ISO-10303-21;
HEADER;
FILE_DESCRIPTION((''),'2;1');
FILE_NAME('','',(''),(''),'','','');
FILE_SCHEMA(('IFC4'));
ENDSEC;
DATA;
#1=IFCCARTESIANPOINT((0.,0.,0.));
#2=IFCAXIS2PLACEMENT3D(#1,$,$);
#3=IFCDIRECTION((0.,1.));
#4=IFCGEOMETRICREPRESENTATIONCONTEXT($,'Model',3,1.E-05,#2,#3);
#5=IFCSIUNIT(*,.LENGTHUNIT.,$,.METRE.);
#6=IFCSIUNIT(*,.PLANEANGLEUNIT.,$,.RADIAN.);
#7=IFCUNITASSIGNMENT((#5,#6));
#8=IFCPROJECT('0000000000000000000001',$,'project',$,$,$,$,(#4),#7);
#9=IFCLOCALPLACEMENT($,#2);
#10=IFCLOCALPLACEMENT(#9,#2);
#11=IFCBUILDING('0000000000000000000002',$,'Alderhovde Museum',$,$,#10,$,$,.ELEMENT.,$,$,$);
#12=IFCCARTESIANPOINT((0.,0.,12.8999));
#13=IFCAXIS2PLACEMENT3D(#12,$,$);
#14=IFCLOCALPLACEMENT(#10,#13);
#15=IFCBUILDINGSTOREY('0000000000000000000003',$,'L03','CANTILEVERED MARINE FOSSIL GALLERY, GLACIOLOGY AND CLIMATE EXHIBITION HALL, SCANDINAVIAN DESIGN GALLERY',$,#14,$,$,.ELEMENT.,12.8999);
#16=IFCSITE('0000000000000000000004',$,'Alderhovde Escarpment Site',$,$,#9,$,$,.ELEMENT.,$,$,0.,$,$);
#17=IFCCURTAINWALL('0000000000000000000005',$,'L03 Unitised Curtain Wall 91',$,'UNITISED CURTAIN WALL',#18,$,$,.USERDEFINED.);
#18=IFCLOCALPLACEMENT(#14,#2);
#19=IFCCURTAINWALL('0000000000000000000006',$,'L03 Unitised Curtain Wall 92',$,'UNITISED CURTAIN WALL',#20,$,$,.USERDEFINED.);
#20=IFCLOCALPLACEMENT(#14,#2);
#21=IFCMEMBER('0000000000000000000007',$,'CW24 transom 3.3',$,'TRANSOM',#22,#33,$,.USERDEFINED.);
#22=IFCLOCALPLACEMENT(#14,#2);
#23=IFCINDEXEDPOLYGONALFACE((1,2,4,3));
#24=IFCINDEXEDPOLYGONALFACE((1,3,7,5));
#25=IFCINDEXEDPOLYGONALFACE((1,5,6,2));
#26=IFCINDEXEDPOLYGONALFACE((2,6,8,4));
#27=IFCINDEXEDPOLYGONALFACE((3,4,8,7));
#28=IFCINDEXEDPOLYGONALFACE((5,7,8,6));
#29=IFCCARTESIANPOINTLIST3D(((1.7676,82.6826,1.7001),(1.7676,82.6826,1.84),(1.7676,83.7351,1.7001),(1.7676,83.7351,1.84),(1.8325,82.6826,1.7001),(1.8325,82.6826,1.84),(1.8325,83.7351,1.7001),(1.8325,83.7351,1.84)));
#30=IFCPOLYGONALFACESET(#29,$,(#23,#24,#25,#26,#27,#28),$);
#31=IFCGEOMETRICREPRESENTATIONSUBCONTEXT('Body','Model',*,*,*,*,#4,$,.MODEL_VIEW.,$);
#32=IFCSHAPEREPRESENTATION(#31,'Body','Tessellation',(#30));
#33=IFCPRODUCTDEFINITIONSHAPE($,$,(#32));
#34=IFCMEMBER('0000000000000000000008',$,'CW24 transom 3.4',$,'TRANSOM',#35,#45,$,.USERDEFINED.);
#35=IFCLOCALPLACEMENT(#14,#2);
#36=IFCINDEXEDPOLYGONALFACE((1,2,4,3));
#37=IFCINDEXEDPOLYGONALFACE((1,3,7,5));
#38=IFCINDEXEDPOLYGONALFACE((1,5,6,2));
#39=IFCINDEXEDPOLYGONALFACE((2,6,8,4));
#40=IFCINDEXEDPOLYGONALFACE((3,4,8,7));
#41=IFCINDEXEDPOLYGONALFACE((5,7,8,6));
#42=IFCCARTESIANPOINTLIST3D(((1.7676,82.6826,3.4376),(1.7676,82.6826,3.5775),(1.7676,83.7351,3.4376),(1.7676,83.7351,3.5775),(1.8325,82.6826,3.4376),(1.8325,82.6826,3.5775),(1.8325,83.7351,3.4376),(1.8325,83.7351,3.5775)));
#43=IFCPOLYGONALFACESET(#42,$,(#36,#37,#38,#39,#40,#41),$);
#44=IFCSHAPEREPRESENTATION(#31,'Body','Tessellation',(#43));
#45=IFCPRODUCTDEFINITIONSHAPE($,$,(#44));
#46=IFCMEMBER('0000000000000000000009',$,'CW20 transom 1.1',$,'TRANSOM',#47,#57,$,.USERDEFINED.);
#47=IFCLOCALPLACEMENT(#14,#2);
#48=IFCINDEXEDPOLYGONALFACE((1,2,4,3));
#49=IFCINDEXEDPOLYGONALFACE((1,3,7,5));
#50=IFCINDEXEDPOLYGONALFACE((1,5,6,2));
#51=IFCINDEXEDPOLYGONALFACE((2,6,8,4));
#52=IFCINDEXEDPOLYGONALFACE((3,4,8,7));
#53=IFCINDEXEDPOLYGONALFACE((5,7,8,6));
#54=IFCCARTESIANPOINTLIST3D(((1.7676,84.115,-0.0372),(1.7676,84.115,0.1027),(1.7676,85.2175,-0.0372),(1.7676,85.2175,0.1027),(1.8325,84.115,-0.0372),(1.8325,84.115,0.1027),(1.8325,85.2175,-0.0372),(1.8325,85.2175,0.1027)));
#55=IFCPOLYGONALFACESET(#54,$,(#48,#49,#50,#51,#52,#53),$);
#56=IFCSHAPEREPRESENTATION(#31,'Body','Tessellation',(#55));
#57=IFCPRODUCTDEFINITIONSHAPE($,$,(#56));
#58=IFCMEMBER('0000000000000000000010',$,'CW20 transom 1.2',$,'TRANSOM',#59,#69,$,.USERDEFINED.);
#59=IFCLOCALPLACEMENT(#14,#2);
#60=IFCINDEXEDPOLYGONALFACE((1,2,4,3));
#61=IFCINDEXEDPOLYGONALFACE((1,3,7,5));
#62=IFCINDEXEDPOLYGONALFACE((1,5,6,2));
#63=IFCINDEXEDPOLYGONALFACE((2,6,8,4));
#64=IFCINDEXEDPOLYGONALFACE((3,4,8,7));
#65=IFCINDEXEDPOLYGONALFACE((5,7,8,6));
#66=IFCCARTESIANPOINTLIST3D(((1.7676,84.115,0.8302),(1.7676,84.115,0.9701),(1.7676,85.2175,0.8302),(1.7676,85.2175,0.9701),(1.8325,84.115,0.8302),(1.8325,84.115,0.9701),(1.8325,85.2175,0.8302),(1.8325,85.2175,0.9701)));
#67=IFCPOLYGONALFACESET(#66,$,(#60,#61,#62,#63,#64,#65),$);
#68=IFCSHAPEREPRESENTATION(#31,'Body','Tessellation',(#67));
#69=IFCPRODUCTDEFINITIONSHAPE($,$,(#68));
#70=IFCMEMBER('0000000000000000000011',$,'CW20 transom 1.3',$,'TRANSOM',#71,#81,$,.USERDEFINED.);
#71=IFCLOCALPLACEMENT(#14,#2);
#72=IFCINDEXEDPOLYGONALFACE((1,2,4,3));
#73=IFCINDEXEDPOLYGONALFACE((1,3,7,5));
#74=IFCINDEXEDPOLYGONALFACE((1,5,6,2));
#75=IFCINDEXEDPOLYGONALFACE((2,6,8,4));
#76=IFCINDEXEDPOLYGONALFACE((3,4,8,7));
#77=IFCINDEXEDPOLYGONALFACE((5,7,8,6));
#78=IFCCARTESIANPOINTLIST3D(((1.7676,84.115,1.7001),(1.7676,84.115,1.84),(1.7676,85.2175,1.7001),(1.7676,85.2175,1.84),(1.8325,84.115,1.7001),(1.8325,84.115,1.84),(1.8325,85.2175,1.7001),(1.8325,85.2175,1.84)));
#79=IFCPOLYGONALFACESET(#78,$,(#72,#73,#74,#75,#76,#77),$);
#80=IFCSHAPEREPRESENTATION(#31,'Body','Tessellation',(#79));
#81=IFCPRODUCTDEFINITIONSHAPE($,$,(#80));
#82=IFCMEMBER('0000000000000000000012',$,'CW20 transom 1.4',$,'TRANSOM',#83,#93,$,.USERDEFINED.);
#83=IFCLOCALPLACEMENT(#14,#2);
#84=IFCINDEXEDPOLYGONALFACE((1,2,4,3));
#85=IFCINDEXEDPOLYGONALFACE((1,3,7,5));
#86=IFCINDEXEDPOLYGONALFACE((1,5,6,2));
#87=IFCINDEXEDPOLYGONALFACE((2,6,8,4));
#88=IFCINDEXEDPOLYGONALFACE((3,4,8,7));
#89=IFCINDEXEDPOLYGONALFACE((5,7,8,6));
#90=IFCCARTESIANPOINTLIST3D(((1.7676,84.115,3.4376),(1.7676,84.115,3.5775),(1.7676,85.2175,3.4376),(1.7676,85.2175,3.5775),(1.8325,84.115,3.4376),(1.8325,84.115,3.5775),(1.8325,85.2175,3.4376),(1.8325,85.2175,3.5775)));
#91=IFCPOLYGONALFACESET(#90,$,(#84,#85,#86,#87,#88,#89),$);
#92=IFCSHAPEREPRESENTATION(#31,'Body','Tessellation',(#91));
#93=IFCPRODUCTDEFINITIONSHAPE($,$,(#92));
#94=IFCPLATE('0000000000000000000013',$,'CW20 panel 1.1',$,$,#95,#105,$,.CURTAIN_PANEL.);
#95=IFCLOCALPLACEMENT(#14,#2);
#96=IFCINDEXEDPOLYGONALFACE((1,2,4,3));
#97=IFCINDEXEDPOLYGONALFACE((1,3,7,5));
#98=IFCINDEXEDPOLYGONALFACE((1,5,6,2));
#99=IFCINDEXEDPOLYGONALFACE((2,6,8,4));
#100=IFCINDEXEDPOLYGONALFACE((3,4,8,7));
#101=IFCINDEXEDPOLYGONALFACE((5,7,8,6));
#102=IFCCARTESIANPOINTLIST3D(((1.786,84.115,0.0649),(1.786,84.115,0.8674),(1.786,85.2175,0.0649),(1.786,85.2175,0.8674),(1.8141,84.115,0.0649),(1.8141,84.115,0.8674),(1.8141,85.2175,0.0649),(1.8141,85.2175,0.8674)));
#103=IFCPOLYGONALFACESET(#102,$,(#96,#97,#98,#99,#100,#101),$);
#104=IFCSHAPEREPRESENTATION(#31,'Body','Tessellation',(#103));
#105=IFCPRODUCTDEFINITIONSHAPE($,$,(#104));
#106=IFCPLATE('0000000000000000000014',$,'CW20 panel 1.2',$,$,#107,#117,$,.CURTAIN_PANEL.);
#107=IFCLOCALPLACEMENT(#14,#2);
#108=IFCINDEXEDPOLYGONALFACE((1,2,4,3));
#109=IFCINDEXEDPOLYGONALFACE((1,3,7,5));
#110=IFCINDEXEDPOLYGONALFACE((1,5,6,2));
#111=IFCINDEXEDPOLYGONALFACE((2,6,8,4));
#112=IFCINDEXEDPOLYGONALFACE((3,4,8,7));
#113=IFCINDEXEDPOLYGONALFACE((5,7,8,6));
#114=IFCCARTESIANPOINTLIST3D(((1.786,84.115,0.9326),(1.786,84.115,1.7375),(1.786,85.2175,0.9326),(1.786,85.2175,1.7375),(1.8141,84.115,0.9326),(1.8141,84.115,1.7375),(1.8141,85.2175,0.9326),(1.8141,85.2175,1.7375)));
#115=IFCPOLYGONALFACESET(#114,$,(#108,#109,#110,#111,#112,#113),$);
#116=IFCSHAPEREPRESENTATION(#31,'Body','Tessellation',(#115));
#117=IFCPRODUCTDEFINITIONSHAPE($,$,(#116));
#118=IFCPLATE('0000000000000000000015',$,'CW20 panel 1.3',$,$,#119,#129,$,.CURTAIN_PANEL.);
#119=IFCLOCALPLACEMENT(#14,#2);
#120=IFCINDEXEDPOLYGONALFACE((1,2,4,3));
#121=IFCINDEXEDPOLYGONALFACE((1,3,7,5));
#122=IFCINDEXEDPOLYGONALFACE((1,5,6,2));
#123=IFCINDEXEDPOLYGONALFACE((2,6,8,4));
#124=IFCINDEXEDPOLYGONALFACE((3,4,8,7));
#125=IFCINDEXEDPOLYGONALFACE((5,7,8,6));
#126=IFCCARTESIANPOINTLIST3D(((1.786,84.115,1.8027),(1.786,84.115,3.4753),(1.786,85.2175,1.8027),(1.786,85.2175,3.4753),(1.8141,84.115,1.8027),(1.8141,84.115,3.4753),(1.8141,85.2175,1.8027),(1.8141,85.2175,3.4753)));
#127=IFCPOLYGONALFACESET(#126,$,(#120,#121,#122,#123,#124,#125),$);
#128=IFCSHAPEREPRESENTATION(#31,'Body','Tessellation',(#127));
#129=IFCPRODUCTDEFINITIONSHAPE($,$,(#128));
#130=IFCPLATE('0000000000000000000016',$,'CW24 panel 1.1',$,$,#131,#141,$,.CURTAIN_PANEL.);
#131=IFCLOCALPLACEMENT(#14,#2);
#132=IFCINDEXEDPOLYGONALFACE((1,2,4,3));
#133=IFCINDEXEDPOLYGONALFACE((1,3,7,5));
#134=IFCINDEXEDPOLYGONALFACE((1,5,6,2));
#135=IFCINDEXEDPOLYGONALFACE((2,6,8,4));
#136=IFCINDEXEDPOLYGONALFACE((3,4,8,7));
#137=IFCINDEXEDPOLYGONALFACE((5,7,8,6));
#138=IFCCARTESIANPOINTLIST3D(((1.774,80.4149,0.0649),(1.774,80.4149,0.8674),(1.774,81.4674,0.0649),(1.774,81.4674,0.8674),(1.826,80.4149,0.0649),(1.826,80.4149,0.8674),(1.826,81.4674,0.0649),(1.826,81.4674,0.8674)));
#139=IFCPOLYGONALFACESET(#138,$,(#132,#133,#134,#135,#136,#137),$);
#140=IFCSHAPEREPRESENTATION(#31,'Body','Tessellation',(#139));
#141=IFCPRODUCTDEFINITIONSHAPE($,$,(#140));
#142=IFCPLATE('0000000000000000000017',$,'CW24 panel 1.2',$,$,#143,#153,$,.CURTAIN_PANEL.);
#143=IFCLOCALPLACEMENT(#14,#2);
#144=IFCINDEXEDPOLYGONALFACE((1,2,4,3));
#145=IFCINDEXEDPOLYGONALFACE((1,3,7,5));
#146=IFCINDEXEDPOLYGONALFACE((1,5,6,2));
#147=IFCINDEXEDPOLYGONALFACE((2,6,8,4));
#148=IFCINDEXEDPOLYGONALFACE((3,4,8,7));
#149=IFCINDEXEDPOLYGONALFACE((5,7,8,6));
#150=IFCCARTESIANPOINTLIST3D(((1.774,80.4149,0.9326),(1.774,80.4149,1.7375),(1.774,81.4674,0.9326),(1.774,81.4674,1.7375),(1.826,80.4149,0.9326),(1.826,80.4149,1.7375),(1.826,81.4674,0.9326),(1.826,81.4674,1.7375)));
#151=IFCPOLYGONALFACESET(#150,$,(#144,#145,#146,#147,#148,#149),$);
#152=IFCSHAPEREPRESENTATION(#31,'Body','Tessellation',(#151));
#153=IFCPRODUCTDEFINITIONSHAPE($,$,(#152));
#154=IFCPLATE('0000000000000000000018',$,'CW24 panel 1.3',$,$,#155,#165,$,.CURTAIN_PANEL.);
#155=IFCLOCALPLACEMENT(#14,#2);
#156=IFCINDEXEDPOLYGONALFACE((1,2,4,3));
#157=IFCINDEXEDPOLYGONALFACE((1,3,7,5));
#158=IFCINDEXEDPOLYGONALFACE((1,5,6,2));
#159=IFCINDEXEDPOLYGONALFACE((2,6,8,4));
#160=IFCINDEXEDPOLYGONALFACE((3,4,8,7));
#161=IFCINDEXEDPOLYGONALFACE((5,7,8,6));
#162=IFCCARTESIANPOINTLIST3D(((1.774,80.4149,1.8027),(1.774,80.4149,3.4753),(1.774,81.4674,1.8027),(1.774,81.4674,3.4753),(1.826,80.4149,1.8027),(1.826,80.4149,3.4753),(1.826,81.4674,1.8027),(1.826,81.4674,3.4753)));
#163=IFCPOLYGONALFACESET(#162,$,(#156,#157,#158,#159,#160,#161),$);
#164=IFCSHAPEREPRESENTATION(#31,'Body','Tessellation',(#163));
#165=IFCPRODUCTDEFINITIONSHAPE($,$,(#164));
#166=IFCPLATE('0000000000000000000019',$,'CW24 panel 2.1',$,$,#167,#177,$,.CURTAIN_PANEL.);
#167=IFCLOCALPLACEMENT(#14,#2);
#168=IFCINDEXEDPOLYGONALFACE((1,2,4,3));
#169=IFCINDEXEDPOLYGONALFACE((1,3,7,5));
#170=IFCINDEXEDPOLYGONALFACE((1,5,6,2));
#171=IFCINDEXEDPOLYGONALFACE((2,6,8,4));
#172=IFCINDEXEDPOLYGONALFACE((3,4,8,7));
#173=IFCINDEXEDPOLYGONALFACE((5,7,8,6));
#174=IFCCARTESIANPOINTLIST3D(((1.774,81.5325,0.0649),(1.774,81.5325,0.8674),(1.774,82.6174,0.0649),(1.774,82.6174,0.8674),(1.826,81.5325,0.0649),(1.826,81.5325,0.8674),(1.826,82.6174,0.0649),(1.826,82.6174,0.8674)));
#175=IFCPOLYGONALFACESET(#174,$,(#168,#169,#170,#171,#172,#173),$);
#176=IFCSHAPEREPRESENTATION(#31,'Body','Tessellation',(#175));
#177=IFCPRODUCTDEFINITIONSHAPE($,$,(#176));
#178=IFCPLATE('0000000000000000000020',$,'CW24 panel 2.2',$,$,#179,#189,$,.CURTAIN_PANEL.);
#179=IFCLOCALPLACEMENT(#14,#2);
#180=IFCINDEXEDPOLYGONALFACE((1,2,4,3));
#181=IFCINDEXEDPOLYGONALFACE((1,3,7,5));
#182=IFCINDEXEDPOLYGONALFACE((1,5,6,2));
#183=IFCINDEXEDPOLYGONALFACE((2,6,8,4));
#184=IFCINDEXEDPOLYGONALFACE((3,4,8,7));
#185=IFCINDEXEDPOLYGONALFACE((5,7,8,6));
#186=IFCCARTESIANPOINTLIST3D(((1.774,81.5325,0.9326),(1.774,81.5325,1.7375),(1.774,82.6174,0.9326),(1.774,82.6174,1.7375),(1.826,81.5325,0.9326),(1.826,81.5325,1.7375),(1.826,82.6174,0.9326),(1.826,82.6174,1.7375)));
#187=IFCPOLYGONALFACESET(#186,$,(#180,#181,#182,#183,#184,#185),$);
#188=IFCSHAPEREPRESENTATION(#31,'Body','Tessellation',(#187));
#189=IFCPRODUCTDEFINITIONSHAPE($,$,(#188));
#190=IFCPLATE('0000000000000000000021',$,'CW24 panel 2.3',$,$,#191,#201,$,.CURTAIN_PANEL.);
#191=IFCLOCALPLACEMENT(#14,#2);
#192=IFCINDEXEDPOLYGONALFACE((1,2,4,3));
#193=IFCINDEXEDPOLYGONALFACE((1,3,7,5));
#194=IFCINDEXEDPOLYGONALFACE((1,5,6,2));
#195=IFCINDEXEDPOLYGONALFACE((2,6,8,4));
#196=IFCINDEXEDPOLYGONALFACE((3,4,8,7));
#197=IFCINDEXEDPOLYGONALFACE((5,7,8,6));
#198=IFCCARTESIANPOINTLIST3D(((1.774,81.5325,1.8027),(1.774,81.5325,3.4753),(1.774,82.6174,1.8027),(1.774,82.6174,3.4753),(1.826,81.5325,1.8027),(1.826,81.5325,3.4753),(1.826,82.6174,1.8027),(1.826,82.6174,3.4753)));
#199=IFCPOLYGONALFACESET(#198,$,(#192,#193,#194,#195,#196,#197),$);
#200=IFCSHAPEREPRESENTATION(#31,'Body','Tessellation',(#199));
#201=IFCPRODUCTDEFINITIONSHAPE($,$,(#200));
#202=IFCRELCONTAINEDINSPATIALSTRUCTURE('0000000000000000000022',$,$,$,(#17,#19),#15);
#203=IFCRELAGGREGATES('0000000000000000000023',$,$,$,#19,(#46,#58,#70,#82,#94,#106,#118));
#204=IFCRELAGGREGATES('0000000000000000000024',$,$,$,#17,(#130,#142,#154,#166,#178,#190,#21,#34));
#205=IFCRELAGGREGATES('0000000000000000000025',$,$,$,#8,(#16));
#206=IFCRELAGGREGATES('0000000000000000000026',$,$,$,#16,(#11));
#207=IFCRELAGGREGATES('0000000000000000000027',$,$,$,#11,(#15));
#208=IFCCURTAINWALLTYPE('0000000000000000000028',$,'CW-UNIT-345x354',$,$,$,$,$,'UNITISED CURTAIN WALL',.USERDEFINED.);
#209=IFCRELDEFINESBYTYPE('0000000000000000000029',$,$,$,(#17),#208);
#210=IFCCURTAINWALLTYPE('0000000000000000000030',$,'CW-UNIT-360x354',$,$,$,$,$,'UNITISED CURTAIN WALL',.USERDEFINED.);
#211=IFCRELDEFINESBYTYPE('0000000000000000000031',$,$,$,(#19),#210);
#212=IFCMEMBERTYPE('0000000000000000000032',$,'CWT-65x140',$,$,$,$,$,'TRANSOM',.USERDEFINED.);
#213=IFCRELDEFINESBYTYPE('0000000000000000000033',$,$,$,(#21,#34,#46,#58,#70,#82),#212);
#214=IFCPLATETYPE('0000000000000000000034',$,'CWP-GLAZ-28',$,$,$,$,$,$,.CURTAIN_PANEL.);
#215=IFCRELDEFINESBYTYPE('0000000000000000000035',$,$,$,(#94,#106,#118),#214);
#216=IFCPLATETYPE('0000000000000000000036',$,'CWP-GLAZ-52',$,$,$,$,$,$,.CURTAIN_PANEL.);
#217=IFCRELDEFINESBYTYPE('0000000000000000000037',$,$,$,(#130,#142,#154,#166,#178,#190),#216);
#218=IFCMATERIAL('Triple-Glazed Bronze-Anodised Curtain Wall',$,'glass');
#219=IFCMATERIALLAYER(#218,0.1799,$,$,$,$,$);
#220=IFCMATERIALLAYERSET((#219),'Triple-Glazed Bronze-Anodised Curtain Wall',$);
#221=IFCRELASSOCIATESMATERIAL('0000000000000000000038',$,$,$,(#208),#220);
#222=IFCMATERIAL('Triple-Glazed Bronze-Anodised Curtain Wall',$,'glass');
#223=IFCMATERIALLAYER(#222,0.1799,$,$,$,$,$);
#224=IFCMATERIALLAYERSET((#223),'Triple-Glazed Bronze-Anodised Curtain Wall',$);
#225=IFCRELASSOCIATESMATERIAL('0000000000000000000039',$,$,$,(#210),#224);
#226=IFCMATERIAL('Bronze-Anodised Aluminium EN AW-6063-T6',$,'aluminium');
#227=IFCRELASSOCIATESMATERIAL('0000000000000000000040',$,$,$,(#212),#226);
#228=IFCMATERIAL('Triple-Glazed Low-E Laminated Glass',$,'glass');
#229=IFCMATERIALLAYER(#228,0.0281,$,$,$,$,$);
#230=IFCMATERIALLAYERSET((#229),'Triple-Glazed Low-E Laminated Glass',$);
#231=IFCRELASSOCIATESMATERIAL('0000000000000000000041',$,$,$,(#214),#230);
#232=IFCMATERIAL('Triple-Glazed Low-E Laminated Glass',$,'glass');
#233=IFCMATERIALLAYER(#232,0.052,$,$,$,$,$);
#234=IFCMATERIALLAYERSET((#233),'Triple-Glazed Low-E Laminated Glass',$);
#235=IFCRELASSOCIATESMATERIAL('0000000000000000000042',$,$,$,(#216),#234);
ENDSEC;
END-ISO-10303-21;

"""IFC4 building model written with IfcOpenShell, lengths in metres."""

from ifc_helpers import new_model, si_unit, direction, frame, origin, origin_2d, place, context, subcontext, project, spatial, rectangle, extrude, material, layer, layer_set, material_profile, profile_set, type_object, element, aggregate, save


model = new_model("IFC4")

# Units and contexts
model_context = context("Model", 3, precision=1e-05, world=origin(), true_north=direction((0.0, 1.0)))
body_context = subcontext(model_context, "Body", "Model", "MODEL_VIEW")
ifc_project = project(units=[si_unit("LENGTHUNIT", "METRE"), si_unit("PLANEANGLEUNIT", "RADIAN")], contexts=[model_context])

# Site, building, storey
site_placement = place(None, origin())
site = spatial("IfcSite", under=ifc_project, at=site_placement, Name="Alderhovde Escarpment Site", CompositionType="ELEMENT", RefElevation=0.0)
building_placement = place(site_placement, origin())
building = spatial("IfcBuilding", under=site, at=building_placement, Name="Alderhovde Museum", CompositionType="ELEMENT")
storey_placement = place(building_placement, frame((0.0, 0.0, 12.8999)))
storey = spatial("IfcBuildingStorey", under=building, at=storey_placement, Name="L03", Description="CANTILEVERED MARINE FOSSIL GALLERY, GLACIOLOGY AND CLIMATE EXHIBITION HALL, SCANDINAVIAN DESIGN GALLERY", CompositionType="ELEMENT", Elevation=12.8999)

# Curtain wall
ifc_material_1 = material(Name="Triple-Glazed Bronze-Anodised Curtain Wall", Category="glass")
ifc_layer_1 = layer(ifc_material_1, 0.1799)
ifc_layer_set_1 = layer_set([ifc_layer_1], Name="Triple-Glazed Bronze-Anodised Curtain Wall")
curtain_wall_type_1 = type_object("IfcCurtainWallType", Name="CW-UNIT-345x354", ElementType="UNITISED CURTAIN WALL", PredefinedType="USERDEFINED", material=ifc_layer_set_1)
curtain_wall_1_placement = place(storey_placement, origin())
curtain_wall_1 = element("IfcCurtainWall", 1, at=curtain_wall_1_placement, inside=storey, type_object=curtain_wall_type_1, Name="L03 Unitised Curtain Wall 91", ObjectType="UNITISED CURTAIN WALL", PredefinedType="USERDEFINED")

# Curtain wall
ifc_material_2 = material(Name="Triple-Glazed Bronze-Anodised Curtain Wall", Category="glass")
ifc_layer_2 = layer(ifc_material_2, 0.1799)
ifc_layer_set_2 = layer_set([ifc_layer_2], Name="Triple-Glazed Bronze-Anodised Curtain Wall")
curtain_wall_type_2 = type_object("IfcCurtainWallType", Name="CW-UNIT-360x354", ElementType="UNITISED CURTAIN WALL", PredefinedType="USERDEFINED", material=ifc_layer_set_2)
curtain_wall_2_placement = place(storey_placement, origin())
curtain_wall_2 = element("IfcCurtainWall", 2, at=curtain_wall_2_placement, inside=storey, type_object=curtain_wall_type_2, Name="L03 Unitised Curtain Wall 92", ObjectType="UNITISED CURTAIN WALL", PredefinedType="USERDEFINED")

# Members
ifc_material_3 = material(Name="Bronze-Anodised Aluminium EN AW-6063-T6", Category="aluminium")
ifc_material_profile_1 = material_profile(ifc_material_3, rectangle(XDim=0.0649, YDim=0.1399, at=origin_2d()), Name="TRANSOM 65x140")
ifc_profile_set_1 = profile_set([ifc_material_profile_1], Name="Bronze-Anodised Aluminium EN AW-6063-T6")
member_type_1 = type_object("IfcMemberType", Name="CWT-65x140", ElementType="TRANSOM", PredefinedType="USERDEFINED", material=ifc_profile_set_1)
member_1_placement = place(storey_placement, frame((1.8, 82.6826, 1.77), z_axis=(0.0, 1.0, 0.0), x_axis=(-1.0, 0.0, 0.0)))
member_1 = element("IfcMember", 3, at=member_1_placement, type_object=member_type_1, Name="CW24 transom 3.3", ObjectType="TRANSOM", PredefinedType="USERDEFINED", context=body_context, shape_type="SweptSolid", body=[
    extrude(rectangle(XDim=0.0649, YDim=0.1399, at=origin_2d()), origin(), (0.0, 0.0, 1.0), 1.0525),
])
member_2_placement = place(storey_placement, frame((1.8, 82.6826, 3.5076), z_axis=(0.0, 1.0, 0.0), x_axis=(-1.0, 0.0, 0.0)))
member_2 = element("IfcMember", 4, at=member_2_placement, type_object=member_type_1, Name="CW24 transom 3.4", ObjectType="TRANSOM", PredefinedType="USERDEFINED", context=body_context, shape_type="SweptSolid", body=[
    extrude(rectangle(XDim=0.0649, YDim=0.1399, at=origin_2d()), origin(), (0.0, 0.0, 1.0), 1.0525),
])
member_3_placement = place(storey_placement, frame((1.8, 84.115, 0.0327), z_axis=(0.0, 1.0, 0.0), x_axis=(-1.0, 0.0, 0.0)))
member_3 = element("IfcMember", 5, at=member_3_placement, type_object=member_type_1, Name="CW20 transom 1.1", ObjectType="TRANSOM", PredefinedType="USERDEFINED", context=body_context, shape_type="SweptSolid", body=[
    extrude(rectangle(XDim=0.0649, YDim=0.1399, at=origin_2d()), origin(), (0.0, 0.0, 1.0), 1.1025),
])
member_4_placement = place(storey_placement, frame((1.8, 84.115, 0.9001), z_axis=(0.0, 1.0, 0.0), x_axis=(-1.0, 0.0, 0.0)))
member_4 = element("IfcMember", 6, at=member_4_placement, type_object=member_type_1, Name="CW20 transom 1.2", ObjectType="TRANSOM", PredefinedType="USERDEFINED", context=body_context, shape_type="SweptSolid", body=[
    extrude(rectangle(XDim=0.0649, YDim=0.1399, at=origin_2d()), origin(), (0.0, 0.0, 1.0), 1.1025),
])
member_5_placement = place(storey_placement, frame((1.8, 84.115, 1.77), z_axis=(0.0, 1.0, 0.0), x_axis=(-1.0, 0.0, 0.0)))
member_5 = element("IfcMember", 7, at=member_5_placement, type_object=member_type_1, Name="CW20 transom 1.3", ObjectType="TRANSOM", PredefinedType="USERDEFINED", context=body_context, shape_type="SweptSolid", body=[
    extrude(rectangle(XDim=0.0649, YDim=0.1399, at=origin_2d()), origin(), (0.0, 0.0, 1.0), 1.1025),
])
member_6_placement = place(storey_placement, frame((1.8, 84.115, 3.5076), z_axis=(0.0, 1.0, 0.0), x_axis=(-1.0, 0.0, 0.0)))
member_6 = element("IfcMember", 8, at=member_6_placement, type_object=member_type_1, Name="CW20 transom 1.4", ObjectType="TRANSOM", PredefinedType="USERDEFINED", context=body_context, shape_type="SweptSolid", body=[
    extrude(rectangle(XDim=0.0649, YDim=0.1399, at=origin_2d()), origin(), (0.0, 0.0, 1.0), 1.1025),
])

# Plates
ifc_material_4 = material(Name="Triple-Glazed Low-E Laminated Glass", Category="glass")
ifc_layer_3 = layer(ifc_material_4, 0.0281)
ifc_layer_set_3 = layer_set([ifc_layer_3], Name="Triple-Glazed Low-E Laminated Glass")
plate_type_1 = type_object("IfcPlateType", Name="CWP-GLAZ-28", PredefinedType="CURTAIN_PANEL", material=ifc_layer_set_3)
plate_1_placement = place(storey_placement, frame((1.8, 84.6663, 0.0649), z_axis=(0.0, 0.0, 1.0), x_axis=(0.0, 1.0, 0.0)))
plate_1 = element("IfcPlate", 9, at=plate_1_placement, type_object=plate_type_1, Name="CW20 panel 1.1", PredefinedType="CURTAIN_PANEL", context=body_context, shape_type="SweptSolid", body=[
    extrude(rectangle(XDim=1.1025, YDim=0.0281, at=origin_2d()), origin(), (0.0, 0.0, 1.0), 0.8025),
])
plate_2_placement = place(storey_placement, frame((1.8, 84.6663, 0.9326), z_axis=(0.0, 0.0, 1.0), x_axis=(0.0, 1.0, 0.0)))
plate_2 = element("IfcPlate", 10, at=plate_2_placement, type_object=plate_type_1, Name="CW20 panel 1.2", PredefinedType="CURTAIN_PANEL", context=body_context, shape_type="SweptSolid", body=[
    extrude(rectangle(XDim=1.1025, YDim=0.0281, at=origin_2d()), origin(), (0.0, 0.0, 1.0), 0.8049),
])
plate_3_placement = place(storey_placement, frame((1.8, 84.6663, 1.8027), z_axis=(0.0, 0.0, 1.0), x_axis=(0.0, 1.0, 0.0)))
plate_3 = element("IfcPlate", 11, at=plate_3_placement, type_object=plate_type_1, Name="CW20 panel 1.3", PredefinedType="CURTAIN_PANEL", context=body_context, shape_type="SweptSolid", body=[
    extrude(rectangle(XDim=1.1025, YDim=0.0281, at=origin_2d()), origin(), (0.0, 0.0, 1.0), 1.6726),
])
aggregate(curtain_wall_2, [member_3, member_4, member_5, member_6, plate_1, plate_2, plate_3])
ifc_material_5 = material(Name="Triple-Glazed Low-E Laminated Glass", Category="glass")
ifc_layer_4 = layer(ifc_material_5, 0.052)
ifc_layer_set_4 = layer_set([ifc_layer_4], Name="Triple-Glazed Low-E Laminated Glass")
plate_type_2 = type_object("IfcPlateType", Name="CWP-GLAZ-52", PredefinedType="CURTAIN_PANEL", material=ifc_layer_set_4)
plate_4_placement = place(storey_placement, frame((1.8, 80.9412, 0.0649), z_axis=(0.0, 0.0, 1.0), x_axis=(0.0, 1.0, 0.0)))
plate_4 = element("IfcPlate", 12, at=plate_4_placement, type_object=plate_type_2, Name="CW24 panel 1.1", PredefinedType="CURTAIN_PANEL", context=body_context, shape_type="SweptSolid", body=[
    extrude(rectangle(XDim=1.0525, YDim=0.052, at=origin_2d()), origin(), (0.0, 0.0, 1.0), 0.8025),
])
plate_5_placement = place(storey_placement, frame((1.8, 80.9412, 0.9326), z_axis=(0.0, 0.0, 1.0), x_axis=(0.0, 1.0, 0.0)))
plate_5 = element("IfcPlate", 13, at=plate_5_placement, type_object=plate_type_2, Name="CW24 panel 1.2", PredefinedType="CURTAIN_PANEL", context=body_context, shape_type="SweptSolid", body=[
    extrude(rectangle(XDim=1.0525, YDim=0.052, at=origin_2d()), origin(), (0.0, 0.0, 1.0), 0.8049),
])
plate_6_placement = place(storey_placement, frame((1.8, 80.9412, 1.8027), z_axis=(0.0, 0.0, 1.0), x_axis=(0.0, 1.0, 0.0)))
plate_6 = element("IfcPlate", 14, at=plate_6_placement, type_object=plate_type_2, Name="CW24 panel 1.3", PredefinedType="CURTAIN_PANEL", context=body_context, shape_type="SweptSolid", body=[
    extrude(rectangle(XDim=1.0525, YDim=0.052, at=origin_2d()), origin(), (0.0, 0.0, 1.0), 1.6726),
])
plate_7_placement = place(storey_placement, frame((1.8, 82.075, 0.0649), z_axis=(0.0, 0.0, 1.0), x_axis=(0.0, 1.0, 0.0)))
plate_7 = element("IfcPlate", 15, at=plate_7_placement, type_object=plate_type_2, Name="CW24 panel 2.1", PredefinedType="CURTAIN_PANEL", context=body_context, shape_type="SweptSolid", body=[
    extrude(rectangle(XDim=1.085, YDim=0.052, at=origin_2d()), origin(), (0.0, 0.0, 1.0), 0.8025),
])
plate_8_placement = place(storey_placement, frame((1.8, 82.075, 0.9326), z_axis=(0.0, 0.0, 1.0), x_axis=(0.0, 1.0, 0.0)))
plate_8 = element("IfcPlate", 16, at=plate_8_placement, type_object=plate_type_2, Name="CW24 panel 2.2", PredefinedType="CURTAIN_PANEL", context=body_context, shape_type="SweptSolid", body=[
    extrude(rectangle(XDim=1.085, YDim=0.052, at=origin_2d()), origin(), (0.0, 0.0, 1.0), 0.8049),
])
plate_9_placement = place(storey_placement, frame((1.8, 82.075, 1.8027), z_axis=(0.0, 0.0, 1.0), x_axis=(0.0, 1.0, 0.0)))
plate_9 = element("IfcPlate", 17, at=plate_9_placement, type_object=plate_type_2, Name="CW24 panel 2.3", PredefinedType="CURTAIN_PANEL", context=body_context, shape_type="SweptSolid", body=[
    extrude(rectangle(XDim=1.085, YDim=0.052, at=origin_2d()), origin(), (0.0, 0.0, 1.0), 1.6726),
])
aggregate(curtain_wall_1, [plate_4, plate_5, plate_6, plate_7, plate_8, plate_9, member_1, member_2])

save(model, "model.ifc")
